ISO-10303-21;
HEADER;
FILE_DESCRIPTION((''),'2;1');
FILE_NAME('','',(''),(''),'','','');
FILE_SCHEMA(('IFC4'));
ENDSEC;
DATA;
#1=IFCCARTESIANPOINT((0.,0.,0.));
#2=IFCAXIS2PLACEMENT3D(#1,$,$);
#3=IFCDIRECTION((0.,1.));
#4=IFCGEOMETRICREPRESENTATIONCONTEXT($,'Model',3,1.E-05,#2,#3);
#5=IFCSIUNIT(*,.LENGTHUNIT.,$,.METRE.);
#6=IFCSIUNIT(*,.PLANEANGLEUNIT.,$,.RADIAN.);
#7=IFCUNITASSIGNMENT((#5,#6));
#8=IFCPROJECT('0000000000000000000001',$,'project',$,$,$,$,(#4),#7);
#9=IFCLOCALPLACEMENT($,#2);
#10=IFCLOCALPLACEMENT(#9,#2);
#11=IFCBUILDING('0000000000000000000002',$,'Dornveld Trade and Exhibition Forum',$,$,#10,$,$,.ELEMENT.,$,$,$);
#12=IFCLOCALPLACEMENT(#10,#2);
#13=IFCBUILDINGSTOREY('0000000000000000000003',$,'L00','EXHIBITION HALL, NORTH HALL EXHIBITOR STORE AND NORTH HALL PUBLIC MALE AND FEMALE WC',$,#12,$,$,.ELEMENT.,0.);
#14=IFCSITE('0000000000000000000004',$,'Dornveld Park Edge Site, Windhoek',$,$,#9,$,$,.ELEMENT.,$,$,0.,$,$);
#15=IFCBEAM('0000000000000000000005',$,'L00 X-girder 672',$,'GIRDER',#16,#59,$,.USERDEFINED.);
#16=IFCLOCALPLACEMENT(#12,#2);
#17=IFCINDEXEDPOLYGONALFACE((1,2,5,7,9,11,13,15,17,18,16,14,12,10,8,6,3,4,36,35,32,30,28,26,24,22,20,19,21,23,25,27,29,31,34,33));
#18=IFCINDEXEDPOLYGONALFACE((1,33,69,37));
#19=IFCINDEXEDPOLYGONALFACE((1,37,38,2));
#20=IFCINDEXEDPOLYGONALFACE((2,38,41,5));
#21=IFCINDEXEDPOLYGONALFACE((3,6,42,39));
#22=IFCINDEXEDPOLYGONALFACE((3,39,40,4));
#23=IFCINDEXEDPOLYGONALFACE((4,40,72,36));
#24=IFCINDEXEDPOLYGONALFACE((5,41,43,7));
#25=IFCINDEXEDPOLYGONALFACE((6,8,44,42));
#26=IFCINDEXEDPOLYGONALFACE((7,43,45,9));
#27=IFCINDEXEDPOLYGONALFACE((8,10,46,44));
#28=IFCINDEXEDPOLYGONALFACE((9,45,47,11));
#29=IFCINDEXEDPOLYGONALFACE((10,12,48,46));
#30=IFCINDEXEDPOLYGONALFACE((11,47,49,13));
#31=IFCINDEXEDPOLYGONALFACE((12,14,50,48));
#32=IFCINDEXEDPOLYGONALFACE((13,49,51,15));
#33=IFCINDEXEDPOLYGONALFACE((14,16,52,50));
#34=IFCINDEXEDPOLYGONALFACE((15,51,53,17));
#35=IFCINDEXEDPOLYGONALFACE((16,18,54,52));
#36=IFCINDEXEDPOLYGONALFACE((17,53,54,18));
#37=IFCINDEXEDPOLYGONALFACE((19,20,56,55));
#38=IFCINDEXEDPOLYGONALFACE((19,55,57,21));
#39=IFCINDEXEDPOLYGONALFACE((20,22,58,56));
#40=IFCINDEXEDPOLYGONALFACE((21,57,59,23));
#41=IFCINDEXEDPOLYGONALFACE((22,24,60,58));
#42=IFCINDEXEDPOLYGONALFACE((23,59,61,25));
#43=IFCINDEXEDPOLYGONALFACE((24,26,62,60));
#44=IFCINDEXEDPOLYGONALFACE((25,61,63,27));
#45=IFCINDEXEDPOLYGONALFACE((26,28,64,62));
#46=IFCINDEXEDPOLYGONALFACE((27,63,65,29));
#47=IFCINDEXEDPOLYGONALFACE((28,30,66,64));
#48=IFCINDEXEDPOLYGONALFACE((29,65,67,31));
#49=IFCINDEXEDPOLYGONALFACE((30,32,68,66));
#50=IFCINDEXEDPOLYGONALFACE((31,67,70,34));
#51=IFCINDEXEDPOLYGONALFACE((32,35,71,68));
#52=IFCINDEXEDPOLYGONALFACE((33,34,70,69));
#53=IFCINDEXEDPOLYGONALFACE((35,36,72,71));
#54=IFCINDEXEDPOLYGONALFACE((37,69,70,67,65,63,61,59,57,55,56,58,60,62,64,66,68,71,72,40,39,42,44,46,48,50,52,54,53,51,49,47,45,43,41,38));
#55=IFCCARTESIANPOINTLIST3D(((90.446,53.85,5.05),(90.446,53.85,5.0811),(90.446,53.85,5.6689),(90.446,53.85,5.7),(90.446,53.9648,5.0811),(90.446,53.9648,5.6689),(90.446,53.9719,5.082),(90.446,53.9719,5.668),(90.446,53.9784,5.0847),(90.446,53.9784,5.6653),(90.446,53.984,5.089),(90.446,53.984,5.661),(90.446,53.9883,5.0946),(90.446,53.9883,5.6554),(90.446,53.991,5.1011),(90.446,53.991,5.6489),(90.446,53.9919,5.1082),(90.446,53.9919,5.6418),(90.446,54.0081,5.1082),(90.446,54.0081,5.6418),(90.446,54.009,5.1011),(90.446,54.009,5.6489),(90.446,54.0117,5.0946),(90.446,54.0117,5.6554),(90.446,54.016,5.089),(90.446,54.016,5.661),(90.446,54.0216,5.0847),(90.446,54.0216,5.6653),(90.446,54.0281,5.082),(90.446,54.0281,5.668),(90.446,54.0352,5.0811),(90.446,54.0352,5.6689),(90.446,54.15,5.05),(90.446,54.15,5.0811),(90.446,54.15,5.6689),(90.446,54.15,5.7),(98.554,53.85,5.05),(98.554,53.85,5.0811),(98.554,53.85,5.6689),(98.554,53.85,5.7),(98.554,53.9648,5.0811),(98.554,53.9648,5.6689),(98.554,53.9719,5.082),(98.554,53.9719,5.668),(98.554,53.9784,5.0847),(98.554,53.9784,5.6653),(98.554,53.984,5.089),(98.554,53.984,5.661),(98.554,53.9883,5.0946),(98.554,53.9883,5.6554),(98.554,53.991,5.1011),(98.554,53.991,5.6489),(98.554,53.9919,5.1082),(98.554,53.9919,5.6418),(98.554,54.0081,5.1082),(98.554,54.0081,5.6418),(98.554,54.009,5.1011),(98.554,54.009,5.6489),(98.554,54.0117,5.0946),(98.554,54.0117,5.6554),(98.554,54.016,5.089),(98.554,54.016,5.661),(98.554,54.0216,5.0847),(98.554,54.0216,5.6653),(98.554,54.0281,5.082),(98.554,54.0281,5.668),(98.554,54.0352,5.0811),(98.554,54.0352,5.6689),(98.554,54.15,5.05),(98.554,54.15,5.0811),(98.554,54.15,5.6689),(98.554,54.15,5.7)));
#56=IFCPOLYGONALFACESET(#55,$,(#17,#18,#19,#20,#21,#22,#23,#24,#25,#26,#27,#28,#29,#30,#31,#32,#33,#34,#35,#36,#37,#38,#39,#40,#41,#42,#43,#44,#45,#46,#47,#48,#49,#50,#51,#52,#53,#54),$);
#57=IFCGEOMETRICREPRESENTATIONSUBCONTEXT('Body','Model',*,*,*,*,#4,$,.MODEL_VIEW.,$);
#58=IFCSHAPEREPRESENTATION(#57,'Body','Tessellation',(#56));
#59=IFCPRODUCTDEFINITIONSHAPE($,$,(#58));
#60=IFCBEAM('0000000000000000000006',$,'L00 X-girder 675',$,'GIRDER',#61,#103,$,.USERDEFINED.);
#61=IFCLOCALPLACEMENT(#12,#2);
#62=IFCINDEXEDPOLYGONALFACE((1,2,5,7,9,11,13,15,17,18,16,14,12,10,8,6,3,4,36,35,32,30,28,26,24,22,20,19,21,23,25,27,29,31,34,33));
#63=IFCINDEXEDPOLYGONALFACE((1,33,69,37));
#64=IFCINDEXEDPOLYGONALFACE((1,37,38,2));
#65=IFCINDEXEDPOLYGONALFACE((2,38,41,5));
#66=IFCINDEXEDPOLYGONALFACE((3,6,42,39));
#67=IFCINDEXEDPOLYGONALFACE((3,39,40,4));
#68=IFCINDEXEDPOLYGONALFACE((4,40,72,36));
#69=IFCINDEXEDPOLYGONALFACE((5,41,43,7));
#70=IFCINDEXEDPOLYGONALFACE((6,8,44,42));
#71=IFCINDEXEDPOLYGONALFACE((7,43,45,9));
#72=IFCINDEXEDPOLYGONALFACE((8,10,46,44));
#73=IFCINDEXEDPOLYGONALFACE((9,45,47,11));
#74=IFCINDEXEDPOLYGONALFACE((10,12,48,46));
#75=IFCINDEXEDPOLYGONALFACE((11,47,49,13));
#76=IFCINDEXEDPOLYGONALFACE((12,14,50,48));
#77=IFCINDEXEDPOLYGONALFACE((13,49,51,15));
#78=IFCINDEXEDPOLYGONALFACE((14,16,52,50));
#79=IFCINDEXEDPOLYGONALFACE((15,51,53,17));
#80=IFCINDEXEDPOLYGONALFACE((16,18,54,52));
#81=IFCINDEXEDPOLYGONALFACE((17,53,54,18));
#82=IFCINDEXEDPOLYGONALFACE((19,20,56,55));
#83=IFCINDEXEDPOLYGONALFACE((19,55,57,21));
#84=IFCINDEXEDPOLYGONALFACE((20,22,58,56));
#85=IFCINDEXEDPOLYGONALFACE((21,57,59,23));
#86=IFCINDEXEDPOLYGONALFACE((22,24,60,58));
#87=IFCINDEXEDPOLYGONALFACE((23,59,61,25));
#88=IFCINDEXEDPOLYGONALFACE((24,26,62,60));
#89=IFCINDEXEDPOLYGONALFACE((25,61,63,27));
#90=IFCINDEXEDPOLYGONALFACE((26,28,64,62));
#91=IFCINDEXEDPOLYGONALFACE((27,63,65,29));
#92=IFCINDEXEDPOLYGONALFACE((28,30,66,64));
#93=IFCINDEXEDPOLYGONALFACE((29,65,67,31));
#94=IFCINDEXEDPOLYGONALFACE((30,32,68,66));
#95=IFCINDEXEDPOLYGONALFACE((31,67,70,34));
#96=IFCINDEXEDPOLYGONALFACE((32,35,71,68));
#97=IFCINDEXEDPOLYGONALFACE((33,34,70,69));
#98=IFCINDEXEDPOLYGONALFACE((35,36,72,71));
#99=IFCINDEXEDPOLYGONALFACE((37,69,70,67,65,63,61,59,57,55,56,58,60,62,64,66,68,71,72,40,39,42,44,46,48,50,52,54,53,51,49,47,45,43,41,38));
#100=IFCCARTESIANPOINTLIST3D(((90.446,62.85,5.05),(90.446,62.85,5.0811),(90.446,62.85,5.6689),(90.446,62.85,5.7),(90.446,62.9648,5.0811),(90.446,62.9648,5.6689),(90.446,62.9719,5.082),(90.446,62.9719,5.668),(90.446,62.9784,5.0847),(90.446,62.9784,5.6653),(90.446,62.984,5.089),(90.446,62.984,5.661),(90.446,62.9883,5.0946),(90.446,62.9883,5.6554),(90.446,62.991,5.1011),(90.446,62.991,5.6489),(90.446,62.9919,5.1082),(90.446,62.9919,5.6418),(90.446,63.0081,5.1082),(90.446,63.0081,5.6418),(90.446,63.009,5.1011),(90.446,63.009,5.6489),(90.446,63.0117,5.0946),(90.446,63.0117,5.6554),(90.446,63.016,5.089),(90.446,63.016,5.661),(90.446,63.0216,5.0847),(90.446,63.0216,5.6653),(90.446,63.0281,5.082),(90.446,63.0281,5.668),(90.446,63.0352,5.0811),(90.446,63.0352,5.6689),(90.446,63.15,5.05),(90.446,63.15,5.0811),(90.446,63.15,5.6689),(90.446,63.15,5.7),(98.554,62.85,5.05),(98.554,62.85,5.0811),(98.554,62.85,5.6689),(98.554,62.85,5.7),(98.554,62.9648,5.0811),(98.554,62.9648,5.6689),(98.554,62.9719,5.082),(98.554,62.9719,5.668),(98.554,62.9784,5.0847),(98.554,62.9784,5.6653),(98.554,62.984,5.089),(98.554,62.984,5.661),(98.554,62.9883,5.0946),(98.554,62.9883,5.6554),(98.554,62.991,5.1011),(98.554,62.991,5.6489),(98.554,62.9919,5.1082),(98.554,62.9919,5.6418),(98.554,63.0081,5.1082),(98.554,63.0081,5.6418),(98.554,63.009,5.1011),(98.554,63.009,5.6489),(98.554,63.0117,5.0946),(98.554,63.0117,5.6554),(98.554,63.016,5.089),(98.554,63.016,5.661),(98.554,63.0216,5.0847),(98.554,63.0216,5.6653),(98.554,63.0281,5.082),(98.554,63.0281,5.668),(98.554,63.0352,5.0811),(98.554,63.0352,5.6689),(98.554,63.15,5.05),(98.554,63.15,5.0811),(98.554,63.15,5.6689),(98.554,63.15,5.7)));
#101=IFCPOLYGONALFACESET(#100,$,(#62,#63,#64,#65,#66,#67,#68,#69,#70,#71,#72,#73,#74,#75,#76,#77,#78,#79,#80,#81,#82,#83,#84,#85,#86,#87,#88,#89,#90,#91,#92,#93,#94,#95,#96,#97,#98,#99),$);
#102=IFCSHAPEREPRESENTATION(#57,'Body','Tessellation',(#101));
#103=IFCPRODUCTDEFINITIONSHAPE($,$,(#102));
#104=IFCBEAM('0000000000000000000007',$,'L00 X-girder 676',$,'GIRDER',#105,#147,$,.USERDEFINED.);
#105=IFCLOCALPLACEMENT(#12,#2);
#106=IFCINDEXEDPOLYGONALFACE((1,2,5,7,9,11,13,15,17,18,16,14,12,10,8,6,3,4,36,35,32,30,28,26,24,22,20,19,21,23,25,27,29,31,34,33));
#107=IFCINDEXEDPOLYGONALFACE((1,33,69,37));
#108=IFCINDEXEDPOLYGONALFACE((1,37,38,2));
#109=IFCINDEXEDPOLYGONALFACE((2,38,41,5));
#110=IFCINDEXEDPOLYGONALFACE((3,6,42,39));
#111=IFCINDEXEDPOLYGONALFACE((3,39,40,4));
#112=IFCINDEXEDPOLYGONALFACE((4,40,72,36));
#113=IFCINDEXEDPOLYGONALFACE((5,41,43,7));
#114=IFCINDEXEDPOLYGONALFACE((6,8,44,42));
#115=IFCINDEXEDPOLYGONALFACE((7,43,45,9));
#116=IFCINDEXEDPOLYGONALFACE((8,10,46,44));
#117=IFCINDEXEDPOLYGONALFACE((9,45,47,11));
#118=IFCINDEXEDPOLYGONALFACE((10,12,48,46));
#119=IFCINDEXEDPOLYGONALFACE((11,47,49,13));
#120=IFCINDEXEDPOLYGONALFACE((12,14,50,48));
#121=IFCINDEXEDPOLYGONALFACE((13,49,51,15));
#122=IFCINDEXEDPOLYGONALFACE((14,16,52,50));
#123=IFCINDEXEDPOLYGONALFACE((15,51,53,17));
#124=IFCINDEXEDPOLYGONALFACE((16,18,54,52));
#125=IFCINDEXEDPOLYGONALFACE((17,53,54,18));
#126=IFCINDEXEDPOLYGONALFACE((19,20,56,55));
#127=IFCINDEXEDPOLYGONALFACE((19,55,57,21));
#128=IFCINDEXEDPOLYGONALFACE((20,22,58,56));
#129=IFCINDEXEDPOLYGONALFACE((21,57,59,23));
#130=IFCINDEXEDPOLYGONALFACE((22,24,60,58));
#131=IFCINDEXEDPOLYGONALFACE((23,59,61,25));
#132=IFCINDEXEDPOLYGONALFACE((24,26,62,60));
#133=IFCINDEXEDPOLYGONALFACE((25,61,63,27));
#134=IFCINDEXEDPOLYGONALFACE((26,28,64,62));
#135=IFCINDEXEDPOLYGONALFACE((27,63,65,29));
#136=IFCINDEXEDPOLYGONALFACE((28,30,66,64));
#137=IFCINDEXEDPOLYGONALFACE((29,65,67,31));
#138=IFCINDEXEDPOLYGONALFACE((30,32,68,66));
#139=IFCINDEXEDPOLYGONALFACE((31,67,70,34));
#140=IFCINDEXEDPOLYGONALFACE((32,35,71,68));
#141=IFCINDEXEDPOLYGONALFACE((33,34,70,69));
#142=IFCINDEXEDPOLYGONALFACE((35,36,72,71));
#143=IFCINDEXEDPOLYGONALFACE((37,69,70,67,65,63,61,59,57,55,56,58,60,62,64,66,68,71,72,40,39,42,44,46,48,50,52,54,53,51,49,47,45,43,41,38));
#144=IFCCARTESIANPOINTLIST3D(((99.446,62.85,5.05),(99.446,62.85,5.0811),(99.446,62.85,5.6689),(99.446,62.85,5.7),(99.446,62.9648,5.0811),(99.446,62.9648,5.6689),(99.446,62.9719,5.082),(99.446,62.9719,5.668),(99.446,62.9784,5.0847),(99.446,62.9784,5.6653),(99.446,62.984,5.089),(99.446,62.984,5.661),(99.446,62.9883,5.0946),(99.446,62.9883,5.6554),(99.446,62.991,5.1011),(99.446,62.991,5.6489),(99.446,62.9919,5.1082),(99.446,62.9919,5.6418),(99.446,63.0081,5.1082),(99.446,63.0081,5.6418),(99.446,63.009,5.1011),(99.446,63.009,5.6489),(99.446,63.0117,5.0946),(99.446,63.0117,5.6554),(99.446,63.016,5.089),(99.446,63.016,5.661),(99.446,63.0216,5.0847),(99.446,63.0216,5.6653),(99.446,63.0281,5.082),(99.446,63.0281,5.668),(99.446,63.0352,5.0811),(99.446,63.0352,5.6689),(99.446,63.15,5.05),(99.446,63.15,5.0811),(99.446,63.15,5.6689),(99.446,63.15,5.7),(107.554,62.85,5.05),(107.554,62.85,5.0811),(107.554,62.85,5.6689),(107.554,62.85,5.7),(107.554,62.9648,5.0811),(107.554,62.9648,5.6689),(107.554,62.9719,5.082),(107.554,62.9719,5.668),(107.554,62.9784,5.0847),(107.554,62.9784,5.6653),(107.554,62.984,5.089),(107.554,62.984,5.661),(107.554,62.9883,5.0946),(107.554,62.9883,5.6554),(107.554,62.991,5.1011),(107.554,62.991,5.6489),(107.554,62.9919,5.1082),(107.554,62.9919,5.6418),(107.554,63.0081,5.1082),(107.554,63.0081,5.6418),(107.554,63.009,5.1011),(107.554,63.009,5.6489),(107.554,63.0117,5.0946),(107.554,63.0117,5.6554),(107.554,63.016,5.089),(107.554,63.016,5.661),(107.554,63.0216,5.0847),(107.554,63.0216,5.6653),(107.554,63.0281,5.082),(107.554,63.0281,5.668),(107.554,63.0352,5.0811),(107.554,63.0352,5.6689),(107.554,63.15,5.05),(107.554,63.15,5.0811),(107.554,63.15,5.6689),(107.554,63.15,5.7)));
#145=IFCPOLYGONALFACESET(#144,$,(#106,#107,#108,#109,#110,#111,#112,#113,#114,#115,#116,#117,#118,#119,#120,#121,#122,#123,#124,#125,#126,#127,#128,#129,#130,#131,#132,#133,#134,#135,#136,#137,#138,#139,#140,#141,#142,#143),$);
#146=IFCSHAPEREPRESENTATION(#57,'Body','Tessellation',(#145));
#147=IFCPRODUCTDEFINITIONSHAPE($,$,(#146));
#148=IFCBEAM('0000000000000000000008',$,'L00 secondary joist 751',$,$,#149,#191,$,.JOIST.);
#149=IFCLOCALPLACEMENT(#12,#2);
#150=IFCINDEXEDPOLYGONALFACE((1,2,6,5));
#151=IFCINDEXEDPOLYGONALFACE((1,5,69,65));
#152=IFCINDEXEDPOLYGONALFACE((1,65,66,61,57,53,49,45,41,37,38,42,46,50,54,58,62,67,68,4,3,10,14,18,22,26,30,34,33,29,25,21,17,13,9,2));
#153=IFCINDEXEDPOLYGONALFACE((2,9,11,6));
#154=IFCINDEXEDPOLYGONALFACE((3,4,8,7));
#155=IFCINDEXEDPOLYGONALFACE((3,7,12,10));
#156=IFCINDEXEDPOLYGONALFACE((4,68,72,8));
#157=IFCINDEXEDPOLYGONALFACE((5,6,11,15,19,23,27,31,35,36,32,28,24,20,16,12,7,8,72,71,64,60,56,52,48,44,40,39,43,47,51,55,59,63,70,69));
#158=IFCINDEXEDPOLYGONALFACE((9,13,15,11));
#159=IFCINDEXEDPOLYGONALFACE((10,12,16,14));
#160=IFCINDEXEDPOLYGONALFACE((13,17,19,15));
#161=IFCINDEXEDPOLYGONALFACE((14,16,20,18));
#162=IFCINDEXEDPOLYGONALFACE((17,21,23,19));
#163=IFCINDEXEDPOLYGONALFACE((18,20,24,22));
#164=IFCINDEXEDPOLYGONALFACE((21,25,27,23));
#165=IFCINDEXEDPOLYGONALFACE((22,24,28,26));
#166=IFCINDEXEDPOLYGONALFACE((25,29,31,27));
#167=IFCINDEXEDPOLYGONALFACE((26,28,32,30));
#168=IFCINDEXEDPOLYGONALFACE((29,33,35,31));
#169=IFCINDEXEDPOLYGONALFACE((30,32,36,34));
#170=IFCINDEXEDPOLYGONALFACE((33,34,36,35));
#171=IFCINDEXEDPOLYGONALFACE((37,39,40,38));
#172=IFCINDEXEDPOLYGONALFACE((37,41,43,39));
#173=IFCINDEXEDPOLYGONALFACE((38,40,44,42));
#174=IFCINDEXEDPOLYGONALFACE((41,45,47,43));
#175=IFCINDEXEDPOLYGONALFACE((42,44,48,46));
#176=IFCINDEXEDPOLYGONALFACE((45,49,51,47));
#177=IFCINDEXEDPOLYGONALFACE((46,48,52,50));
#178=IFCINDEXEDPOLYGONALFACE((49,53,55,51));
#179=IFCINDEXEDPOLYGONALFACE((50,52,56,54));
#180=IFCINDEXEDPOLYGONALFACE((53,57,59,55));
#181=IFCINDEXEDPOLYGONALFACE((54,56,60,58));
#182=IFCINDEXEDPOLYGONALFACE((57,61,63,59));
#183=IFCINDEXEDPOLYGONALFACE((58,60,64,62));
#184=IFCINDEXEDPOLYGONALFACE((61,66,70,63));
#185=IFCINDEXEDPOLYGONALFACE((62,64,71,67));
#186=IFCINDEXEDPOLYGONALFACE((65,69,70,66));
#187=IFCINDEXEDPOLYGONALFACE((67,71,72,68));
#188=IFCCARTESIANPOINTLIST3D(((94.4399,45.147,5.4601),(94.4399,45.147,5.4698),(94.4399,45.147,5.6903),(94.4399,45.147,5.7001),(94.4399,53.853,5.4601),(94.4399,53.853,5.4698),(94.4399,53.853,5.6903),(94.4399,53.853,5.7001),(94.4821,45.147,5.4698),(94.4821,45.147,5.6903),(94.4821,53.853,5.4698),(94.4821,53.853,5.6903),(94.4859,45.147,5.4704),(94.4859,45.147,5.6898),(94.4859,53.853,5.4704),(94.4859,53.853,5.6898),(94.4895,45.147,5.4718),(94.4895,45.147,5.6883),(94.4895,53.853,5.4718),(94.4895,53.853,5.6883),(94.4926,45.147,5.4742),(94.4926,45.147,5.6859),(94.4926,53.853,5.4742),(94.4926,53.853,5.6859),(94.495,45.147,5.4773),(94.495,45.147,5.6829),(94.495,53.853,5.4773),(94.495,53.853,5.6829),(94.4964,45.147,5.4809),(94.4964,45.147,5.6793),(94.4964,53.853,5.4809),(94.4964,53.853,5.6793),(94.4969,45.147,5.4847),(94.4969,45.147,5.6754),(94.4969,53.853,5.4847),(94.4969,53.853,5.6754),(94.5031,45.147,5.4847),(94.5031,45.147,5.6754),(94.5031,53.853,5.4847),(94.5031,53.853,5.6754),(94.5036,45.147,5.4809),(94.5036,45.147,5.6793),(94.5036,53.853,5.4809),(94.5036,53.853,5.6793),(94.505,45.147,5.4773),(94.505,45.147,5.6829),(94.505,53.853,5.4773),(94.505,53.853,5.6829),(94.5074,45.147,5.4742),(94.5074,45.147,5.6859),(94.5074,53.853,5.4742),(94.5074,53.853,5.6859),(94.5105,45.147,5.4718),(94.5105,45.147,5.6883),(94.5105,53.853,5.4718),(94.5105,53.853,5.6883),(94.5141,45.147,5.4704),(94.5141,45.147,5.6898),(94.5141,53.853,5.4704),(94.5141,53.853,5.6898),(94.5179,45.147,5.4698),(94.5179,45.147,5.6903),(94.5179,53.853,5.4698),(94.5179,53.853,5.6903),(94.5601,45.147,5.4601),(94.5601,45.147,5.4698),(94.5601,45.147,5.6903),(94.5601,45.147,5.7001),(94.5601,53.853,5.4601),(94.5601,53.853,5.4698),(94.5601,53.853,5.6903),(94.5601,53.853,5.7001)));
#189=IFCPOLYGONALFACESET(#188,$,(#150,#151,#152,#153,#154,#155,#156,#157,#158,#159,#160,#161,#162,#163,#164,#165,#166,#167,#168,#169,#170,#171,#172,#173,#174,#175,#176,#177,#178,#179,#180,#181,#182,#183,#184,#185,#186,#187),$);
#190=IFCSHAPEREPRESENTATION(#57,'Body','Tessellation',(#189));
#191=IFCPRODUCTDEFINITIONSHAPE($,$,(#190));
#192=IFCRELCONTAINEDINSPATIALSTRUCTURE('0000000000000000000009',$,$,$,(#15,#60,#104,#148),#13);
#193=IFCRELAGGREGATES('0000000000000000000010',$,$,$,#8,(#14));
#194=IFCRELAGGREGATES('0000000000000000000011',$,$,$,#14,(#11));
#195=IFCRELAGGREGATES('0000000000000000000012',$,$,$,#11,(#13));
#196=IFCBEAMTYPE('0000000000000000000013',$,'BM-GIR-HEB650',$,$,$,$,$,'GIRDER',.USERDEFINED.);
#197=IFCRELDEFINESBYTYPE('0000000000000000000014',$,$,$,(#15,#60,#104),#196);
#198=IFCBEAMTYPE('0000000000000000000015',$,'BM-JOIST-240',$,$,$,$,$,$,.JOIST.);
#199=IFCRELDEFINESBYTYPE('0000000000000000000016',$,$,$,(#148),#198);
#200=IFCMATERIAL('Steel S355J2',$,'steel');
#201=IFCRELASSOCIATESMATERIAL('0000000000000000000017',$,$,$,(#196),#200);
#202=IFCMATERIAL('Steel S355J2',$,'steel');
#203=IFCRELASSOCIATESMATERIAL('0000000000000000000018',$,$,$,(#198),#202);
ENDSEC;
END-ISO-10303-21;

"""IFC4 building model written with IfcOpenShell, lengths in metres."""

from ifc_helpers import new_model, si_unit, direction, frame, origin, origin_2d, place, context, subcontext, project, spatial, i_section, extrude, material, material_profile, profile_set, type_object, element, save


model = new_model("IFC4")

# Units and contexts
model_context = context("Model", 3, precision=1e-05, world=origin(), true_north=direction((0.0, 1.0)))
body_context = subcontext(model_context, "Body", "Model", "MODEL_VIEW")
ifc_project = project(units=[si_unit("LENGTHUNIT", "METRE"), si_unit("PLANEANGLEUNIT", "RADIAN")], contexts=[model_context])

# Site, building, storey
site_placement = place(None, origin())
site = spatial("IfcSite", under=ifc_project, at=site_placement, Name="Dornveld Park Edge Site, Windhoek", CompositionType="ELEMENT", RefElevation=0.0)
building_placement = place(site_placement, origin())
building = spatial("IfcBuilding", under=site, at=building_placement, Name="Dornveld Trade and Exhibition Forum", CompositionType="ELEMENT")
storey_placement = place(building_placement, origin())
storey = spatial("IfcBuildingStorey", under=building, at=storey_placement, Name="L00", Description="EXHIBITION HALL, NORTH HALL EXHIBITOR STORE AND NORTH HALL PUBLIC MALE AND FEMALE WC", CompositionType="ELEMENT", Elevation=0.0)

# Beams
ifc_material_1 = material(Name="Steel S355J2", Category="steel")
ifc_material_profile_1 = material_profile(ifc_material_1, i_section(OverallWidth=0.3, OverallDepth=0.6499, WebThickness=0.0161, FlangeThickness=0.031, FilletRadius=0.0271, at=origin_2d()), Name="HEB 650")
ifc_profile_set_1 = profile_set([ifc_material_profile_1], Name="Steel S355J2")
beam_type_1 = type_object("IfcBeamType", Name="BM-GIR-HEB650", ElementType="GIRDER", PredefinedType="USERDEFINED", material=ifc_profile_set_1)
for number, where, z_axis, x_axis, name in (
    (1, (90.446, 54.0, 5.375), (1.0, 0.0, 0.0), (0.0, 1.0, 0.0), "L00 X-girder 672"),
    (2, (90.446, 63.0, 5.375), (1.0, 0.0, 0.0), (0.0, 1.0, 0.0), "L00 X-girder 675"),
    (3, (99.446, 63.0, 5.375), (1.0, 0.0, 0.0), (0.0, 1.0, 0.0), "L00 X-girder 676"),
):
    element("IfcBeam", number, at=place(storey_placement, frame(where, z_axis=z_axis, x_axis=x_axis)), inside=storey, type_object=beam_type_1, Name=name, ObjectType="GIRDER", PredefinedType="USERDEFINED", context=body_context, shape_type="SweptSolid", body=[
        extrude(i_section(OverallWidth=0.3, OverallDepth=0.6499, WebThickness=0.0161, FlangeThickness=0.031, FilletRadius=0.0271, at=origin_2d()), origin(), (0.0, 0.0, 1.0), 8.1079),
    ])
ifc_material_2 = material(Name="Steel S355J2", Category="steel")
ifc_material_profile_2 = material_profile(ifc_material_2, i_section(OverallWidth=0.1201, OverallDepth=0.24, WebThickness=0.0061, FlangeThickness=0.0098, FilletRadius=0.0149, at=origin_2d()), Name="IPE 240")
ifc_profile_set_2 = profile_set([ifc_material_profile_2], Name="Steel S355J2")
beam_type_2 = type_object("IfcBeamType", Name="BM-JOIST-240", PredefinedType="JOIST", material=ifc_profile_set_2)
for number, where, z_axis, x_axis, name in (
    (4, (94.5, 45.147, 5.5801), (0.0, 1.0, 0.0), (-1.0, 0.0, 0.0), "L00 secondary joist 751"),
):
    element("IfcBeam", number, at=place(storey_placement, frame(where, z_axis=z_axis, x_axis=x_axis)), inside=storey, type_object=beam_type_2, Name=name, PredefinedType="JOIST", context=body_context, shape_type="SweptSolid", body=[
        extrude(i_section(OverallWidth=0.1201, OverallDepth=0.24, WebThickness=0.0061, FlangeThickness=0.0098, FilletRadius=0.0149, at=origin_2d()), origin(), (0.0, 0.0, 1.0), 8.7061),
    ])

save(model, "model.ifc")
